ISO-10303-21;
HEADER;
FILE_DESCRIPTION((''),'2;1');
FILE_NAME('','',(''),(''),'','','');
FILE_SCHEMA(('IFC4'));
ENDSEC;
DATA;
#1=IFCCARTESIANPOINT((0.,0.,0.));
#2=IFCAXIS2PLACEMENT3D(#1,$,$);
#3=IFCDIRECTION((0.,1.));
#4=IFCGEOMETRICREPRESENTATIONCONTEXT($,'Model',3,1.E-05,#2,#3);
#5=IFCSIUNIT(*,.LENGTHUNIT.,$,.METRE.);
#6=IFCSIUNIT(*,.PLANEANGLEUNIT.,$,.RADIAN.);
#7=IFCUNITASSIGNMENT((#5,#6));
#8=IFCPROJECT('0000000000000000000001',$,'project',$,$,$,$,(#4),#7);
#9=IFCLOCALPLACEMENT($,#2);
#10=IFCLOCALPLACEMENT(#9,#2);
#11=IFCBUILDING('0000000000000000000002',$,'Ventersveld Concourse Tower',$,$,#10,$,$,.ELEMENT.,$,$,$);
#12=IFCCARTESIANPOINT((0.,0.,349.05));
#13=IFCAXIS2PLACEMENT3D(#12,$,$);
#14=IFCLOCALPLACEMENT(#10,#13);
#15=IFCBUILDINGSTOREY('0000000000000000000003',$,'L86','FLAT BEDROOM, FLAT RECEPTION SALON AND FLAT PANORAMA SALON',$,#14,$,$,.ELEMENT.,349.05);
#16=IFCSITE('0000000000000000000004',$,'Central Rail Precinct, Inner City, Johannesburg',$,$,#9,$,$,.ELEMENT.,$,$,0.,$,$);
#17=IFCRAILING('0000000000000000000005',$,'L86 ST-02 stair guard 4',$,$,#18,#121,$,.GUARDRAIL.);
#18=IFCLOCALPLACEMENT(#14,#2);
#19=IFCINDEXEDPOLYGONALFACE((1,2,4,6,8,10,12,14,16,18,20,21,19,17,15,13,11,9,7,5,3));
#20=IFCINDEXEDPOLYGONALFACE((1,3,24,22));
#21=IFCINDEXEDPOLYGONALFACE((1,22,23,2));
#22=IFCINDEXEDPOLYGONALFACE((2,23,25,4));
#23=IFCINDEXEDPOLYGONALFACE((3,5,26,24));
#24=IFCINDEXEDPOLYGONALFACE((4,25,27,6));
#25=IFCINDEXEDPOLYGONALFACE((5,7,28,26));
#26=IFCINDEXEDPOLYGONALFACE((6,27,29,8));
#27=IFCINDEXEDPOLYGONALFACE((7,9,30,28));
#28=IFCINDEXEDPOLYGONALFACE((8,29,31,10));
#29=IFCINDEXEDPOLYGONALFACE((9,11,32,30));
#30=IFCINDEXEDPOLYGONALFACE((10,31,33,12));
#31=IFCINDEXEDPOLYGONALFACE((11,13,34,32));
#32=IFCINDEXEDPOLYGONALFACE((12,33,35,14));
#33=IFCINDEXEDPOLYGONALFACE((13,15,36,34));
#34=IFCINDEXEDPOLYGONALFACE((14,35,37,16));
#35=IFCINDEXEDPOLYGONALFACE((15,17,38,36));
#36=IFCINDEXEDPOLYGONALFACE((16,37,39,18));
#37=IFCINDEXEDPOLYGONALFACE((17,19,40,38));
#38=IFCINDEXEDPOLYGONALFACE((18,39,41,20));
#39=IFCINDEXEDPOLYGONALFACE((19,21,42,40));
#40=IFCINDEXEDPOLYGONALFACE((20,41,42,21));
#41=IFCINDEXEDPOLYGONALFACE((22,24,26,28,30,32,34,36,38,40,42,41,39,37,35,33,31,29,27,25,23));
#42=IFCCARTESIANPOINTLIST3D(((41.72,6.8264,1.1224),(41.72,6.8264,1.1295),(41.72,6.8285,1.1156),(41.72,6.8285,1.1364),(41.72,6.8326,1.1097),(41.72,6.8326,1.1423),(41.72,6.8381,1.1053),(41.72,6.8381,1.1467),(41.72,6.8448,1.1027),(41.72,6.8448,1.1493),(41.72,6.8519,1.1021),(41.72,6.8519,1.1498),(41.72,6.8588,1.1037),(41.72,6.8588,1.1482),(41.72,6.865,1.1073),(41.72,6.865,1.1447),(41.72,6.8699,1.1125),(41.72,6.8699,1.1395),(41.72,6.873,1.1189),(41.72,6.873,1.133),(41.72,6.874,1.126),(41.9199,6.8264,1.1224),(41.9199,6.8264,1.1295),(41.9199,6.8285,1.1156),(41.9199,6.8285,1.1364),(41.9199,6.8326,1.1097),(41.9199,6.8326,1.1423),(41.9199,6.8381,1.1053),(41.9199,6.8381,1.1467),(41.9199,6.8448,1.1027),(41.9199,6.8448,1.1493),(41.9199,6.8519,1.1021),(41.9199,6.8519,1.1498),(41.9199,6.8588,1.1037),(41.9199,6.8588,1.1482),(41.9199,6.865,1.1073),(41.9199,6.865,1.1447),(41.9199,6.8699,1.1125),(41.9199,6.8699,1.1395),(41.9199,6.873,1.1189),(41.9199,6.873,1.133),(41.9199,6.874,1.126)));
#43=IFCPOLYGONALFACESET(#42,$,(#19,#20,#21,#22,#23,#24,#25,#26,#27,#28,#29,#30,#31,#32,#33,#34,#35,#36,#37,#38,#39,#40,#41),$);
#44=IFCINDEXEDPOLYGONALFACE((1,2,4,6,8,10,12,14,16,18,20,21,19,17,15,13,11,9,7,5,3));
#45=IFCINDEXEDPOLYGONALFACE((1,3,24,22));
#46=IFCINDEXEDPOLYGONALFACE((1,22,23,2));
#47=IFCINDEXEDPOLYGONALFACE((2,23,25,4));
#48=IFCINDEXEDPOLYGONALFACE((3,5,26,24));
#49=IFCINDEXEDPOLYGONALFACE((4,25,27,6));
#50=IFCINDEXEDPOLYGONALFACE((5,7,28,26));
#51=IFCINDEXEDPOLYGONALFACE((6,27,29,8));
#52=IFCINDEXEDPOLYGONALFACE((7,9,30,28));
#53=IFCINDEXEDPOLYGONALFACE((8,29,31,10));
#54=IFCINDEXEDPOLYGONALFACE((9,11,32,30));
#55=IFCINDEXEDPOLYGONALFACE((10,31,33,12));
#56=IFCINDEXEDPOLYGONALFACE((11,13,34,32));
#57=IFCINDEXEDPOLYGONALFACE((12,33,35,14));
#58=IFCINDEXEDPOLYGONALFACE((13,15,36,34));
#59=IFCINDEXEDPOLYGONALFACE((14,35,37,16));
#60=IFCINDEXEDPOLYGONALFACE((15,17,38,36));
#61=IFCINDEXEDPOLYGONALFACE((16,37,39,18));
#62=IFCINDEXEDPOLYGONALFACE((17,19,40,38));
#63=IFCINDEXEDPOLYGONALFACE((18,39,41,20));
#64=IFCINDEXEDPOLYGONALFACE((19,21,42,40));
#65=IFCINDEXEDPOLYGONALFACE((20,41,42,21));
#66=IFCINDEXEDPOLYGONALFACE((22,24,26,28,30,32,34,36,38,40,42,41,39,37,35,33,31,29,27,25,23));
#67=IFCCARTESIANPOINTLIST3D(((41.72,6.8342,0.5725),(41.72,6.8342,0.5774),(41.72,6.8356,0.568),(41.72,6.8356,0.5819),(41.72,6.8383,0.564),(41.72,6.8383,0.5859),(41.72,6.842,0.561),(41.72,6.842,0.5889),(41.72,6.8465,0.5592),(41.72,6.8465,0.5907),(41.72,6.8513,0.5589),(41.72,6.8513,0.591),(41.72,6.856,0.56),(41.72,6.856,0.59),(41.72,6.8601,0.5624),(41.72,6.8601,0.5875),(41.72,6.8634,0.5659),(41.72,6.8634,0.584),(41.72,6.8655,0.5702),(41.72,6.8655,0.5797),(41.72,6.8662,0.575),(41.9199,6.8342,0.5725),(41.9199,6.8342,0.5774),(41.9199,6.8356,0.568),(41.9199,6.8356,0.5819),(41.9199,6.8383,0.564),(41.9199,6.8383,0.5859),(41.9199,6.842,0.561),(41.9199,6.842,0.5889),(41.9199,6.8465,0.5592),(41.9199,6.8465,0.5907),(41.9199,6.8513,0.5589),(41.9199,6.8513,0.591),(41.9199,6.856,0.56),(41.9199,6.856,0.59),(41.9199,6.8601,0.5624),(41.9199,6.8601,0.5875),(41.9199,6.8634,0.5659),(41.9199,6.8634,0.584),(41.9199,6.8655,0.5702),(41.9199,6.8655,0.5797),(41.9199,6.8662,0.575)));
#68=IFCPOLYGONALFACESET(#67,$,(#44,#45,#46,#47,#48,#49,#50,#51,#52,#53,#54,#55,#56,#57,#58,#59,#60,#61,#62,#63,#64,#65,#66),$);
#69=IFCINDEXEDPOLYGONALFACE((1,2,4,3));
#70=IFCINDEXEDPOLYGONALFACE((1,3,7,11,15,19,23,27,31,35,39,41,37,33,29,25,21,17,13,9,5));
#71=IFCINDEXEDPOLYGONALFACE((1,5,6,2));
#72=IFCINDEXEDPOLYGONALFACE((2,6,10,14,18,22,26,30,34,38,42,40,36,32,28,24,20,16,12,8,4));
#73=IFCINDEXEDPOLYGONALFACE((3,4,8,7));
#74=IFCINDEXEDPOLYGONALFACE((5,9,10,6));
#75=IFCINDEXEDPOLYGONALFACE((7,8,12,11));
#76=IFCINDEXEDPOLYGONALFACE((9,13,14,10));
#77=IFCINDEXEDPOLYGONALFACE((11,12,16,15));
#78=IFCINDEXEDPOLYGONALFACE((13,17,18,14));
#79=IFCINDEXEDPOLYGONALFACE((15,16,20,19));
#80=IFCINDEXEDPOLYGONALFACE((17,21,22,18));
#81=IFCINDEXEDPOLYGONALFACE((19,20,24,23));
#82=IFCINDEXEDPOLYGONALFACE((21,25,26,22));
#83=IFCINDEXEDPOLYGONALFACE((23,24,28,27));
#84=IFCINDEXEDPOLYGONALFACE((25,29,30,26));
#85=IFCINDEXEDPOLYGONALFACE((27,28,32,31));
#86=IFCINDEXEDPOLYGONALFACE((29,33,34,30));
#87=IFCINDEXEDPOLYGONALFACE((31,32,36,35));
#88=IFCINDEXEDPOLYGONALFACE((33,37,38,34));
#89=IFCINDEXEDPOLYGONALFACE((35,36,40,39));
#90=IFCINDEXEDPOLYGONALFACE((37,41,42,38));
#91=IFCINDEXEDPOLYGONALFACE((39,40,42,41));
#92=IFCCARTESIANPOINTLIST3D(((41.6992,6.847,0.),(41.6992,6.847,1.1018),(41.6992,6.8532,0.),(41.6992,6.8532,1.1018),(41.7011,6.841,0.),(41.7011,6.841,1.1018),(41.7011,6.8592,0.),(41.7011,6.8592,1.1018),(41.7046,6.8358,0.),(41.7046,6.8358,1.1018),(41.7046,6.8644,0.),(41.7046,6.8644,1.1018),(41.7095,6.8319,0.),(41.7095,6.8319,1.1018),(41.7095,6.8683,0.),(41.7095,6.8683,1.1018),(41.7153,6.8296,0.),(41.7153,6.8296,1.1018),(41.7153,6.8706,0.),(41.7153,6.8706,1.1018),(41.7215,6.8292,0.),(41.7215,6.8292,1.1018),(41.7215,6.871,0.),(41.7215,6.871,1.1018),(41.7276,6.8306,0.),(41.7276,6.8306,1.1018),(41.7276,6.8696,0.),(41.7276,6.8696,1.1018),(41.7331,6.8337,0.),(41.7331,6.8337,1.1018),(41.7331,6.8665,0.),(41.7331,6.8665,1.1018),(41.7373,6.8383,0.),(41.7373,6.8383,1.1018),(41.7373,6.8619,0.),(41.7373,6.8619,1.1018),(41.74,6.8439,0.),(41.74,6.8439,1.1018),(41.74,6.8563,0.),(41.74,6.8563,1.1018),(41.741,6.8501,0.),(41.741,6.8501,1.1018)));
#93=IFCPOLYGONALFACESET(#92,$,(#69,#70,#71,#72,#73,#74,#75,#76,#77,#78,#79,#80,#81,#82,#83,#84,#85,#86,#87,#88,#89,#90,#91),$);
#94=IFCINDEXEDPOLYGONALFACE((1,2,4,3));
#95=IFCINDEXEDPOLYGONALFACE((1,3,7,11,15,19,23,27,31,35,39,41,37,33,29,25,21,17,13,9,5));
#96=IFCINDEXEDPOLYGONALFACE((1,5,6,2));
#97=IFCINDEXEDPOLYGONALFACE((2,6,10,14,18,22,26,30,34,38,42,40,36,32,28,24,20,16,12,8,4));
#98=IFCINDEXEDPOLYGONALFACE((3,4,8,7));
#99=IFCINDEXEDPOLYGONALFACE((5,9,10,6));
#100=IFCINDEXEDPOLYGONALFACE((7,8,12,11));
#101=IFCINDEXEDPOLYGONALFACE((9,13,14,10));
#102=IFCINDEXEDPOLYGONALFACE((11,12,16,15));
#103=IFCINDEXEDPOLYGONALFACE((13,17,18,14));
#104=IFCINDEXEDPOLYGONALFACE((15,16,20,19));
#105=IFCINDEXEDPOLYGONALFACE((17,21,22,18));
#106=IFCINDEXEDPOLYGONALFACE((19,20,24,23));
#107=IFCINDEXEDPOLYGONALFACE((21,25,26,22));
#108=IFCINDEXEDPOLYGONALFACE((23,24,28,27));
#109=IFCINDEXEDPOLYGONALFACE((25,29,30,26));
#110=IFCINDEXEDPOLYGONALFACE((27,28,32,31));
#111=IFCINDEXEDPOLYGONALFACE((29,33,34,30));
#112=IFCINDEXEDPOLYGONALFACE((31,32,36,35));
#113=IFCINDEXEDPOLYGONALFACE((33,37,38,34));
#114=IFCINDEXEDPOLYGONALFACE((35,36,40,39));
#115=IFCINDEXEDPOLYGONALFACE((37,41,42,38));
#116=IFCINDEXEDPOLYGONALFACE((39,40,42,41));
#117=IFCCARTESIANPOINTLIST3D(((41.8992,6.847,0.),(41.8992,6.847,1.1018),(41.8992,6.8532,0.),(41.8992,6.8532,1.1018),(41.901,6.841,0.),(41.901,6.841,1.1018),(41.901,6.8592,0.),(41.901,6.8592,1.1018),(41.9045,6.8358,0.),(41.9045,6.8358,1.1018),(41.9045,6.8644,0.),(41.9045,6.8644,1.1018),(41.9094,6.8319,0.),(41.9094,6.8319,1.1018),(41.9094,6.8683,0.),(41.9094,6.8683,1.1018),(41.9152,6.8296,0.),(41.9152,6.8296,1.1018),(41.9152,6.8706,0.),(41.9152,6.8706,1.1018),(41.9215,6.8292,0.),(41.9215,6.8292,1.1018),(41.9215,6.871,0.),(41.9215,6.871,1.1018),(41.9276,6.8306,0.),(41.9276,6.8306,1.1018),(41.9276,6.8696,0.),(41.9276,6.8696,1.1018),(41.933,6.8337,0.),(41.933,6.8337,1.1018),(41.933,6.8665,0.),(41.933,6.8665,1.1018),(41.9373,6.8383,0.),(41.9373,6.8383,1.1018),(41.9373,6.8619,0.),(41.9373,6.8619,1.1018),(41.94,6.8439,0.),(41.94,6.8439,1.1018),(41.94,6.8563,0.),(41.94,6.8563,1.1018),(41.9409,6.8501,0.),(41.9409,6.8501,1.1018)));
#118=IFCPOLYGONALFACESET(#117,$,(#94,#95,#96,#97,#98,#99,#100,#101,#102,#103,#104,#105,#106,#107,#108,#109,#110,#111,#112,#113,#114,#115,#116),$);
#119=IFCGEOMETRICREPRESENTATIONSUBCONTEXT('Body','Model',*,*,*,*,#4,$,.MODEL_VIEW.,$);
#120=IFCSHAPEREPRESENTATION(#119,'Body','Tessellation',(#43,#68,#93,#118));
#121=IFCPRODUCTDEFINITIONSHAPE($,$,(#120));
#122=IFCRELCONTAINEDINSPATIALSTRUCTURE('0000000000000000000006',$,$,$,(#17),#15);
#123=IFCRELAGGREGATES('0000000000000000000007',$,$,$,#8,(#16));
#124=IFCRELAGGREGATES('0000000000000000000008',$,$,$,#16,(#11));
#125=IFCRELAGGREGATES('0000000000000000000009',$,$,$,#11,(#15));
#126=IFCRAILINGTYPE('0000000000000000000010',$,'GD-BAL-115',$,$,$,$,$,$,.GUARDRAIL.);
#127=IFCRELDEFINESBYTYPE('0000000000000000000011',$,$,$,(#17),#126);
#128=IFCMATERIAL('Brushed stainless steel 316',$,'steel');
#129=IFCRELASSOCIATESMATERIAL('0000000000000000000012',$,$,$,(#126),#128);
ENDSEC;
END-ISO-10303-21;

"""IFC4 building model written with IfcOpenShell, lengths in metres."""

from ifc_helpers import new_model, si_unit, direction, frame, origin, origin_2d, place, context, subcontext, project, spatial, circle, extrude, material, type_object, element, save


model = new_model("IFC4")

# Units and contexts
model_context = context("Model", 3, precision=1e-05, world=origin(), true_north=direction((0.0, 1.0)))
body_context = subcontext(model_context, "Body", "Model", "MODEL_VIEW")
ifc_project = project(units=[si_unit("LENGTHUNIT", "METRE"), si_unit("PLANEANGLEUNIT", "RADIAN")], contexts=[model_context])

# Site, building, storey
site_placement = place(None, origin())
site = spatial("IfcSite", under=ifc_project, at=site_placement, Name="Central Rail Precinct, Inner City, Johannesburg", CompositionType="ELEMENT", RefElevation=0.0)
building_placement = place(site_placement, origin())
building = spatial("IfcBuilding", under=site, at=building_placement, Name="Ventersveld Concourse Tower", CompositionType="ELEMENT")
storey_placement = place(building_placement, frame((0.0, 0.0, 349.05)))
storey = spatial("IfcBuildingStorey", under=building, at=storey_placement, Name="L86", Description="FLAT BEDROOM, FLAT RECEPTION SALON AND FLAT PANORAMA SALON", CompositionType="ELEMENT", Elevation=349.05)

# Shared definitions
ifc_material_1 = material(Name="Brushed stainless steel 316", Category="steel")

# Railing
railing_type_1 = type_object("IfcRailingType", Name="GD-BAL-115", PredefinedType="GUARDRAIL", material=ifc_material_1)
railing_1_placement = place(storey_placement, frame((41.72, 6.8501, 0.0)))
element("IfcRailing", 1, at=railing_1_placement, inside=storey, type_object=railing_type_1, Name="L86 ST-02 stair guard 4", PredefinedType="GUARDRAIL", context=body_context, shape_type="SweptSolid", body=[
    extrude(circle(Radius=0.0239, at=origin_2d()), frame((0.0, 0.0, 1.126), z_axis=(1.0, 0.0, 0.0), x_axis=(0.0, 1.0, 0.0)), (0.0, 0.0, 1.0), 0.2),
    extrude(circle(Radius=0.0161, at=origin_2d()), frame((0.0, 0.0, 0.575), z_axis=(1.0, 0.0, 0.0), x_axis=(0.0, 1.0, 0.0)), (0.0, 0.0, 1.0), 0.2),
    extrude(circle(Radius=0.021, at=origin_2d()), origin(), (0.0, 0.0, 1.0), 1.1018),
    extrude(circle(Radius=0.021, at=origin_2d()), frame((0.2, 0.0, 0.0)), (0.0, 0.0, 1.0), 1.1018),
])

save(model, "model.ifc")
